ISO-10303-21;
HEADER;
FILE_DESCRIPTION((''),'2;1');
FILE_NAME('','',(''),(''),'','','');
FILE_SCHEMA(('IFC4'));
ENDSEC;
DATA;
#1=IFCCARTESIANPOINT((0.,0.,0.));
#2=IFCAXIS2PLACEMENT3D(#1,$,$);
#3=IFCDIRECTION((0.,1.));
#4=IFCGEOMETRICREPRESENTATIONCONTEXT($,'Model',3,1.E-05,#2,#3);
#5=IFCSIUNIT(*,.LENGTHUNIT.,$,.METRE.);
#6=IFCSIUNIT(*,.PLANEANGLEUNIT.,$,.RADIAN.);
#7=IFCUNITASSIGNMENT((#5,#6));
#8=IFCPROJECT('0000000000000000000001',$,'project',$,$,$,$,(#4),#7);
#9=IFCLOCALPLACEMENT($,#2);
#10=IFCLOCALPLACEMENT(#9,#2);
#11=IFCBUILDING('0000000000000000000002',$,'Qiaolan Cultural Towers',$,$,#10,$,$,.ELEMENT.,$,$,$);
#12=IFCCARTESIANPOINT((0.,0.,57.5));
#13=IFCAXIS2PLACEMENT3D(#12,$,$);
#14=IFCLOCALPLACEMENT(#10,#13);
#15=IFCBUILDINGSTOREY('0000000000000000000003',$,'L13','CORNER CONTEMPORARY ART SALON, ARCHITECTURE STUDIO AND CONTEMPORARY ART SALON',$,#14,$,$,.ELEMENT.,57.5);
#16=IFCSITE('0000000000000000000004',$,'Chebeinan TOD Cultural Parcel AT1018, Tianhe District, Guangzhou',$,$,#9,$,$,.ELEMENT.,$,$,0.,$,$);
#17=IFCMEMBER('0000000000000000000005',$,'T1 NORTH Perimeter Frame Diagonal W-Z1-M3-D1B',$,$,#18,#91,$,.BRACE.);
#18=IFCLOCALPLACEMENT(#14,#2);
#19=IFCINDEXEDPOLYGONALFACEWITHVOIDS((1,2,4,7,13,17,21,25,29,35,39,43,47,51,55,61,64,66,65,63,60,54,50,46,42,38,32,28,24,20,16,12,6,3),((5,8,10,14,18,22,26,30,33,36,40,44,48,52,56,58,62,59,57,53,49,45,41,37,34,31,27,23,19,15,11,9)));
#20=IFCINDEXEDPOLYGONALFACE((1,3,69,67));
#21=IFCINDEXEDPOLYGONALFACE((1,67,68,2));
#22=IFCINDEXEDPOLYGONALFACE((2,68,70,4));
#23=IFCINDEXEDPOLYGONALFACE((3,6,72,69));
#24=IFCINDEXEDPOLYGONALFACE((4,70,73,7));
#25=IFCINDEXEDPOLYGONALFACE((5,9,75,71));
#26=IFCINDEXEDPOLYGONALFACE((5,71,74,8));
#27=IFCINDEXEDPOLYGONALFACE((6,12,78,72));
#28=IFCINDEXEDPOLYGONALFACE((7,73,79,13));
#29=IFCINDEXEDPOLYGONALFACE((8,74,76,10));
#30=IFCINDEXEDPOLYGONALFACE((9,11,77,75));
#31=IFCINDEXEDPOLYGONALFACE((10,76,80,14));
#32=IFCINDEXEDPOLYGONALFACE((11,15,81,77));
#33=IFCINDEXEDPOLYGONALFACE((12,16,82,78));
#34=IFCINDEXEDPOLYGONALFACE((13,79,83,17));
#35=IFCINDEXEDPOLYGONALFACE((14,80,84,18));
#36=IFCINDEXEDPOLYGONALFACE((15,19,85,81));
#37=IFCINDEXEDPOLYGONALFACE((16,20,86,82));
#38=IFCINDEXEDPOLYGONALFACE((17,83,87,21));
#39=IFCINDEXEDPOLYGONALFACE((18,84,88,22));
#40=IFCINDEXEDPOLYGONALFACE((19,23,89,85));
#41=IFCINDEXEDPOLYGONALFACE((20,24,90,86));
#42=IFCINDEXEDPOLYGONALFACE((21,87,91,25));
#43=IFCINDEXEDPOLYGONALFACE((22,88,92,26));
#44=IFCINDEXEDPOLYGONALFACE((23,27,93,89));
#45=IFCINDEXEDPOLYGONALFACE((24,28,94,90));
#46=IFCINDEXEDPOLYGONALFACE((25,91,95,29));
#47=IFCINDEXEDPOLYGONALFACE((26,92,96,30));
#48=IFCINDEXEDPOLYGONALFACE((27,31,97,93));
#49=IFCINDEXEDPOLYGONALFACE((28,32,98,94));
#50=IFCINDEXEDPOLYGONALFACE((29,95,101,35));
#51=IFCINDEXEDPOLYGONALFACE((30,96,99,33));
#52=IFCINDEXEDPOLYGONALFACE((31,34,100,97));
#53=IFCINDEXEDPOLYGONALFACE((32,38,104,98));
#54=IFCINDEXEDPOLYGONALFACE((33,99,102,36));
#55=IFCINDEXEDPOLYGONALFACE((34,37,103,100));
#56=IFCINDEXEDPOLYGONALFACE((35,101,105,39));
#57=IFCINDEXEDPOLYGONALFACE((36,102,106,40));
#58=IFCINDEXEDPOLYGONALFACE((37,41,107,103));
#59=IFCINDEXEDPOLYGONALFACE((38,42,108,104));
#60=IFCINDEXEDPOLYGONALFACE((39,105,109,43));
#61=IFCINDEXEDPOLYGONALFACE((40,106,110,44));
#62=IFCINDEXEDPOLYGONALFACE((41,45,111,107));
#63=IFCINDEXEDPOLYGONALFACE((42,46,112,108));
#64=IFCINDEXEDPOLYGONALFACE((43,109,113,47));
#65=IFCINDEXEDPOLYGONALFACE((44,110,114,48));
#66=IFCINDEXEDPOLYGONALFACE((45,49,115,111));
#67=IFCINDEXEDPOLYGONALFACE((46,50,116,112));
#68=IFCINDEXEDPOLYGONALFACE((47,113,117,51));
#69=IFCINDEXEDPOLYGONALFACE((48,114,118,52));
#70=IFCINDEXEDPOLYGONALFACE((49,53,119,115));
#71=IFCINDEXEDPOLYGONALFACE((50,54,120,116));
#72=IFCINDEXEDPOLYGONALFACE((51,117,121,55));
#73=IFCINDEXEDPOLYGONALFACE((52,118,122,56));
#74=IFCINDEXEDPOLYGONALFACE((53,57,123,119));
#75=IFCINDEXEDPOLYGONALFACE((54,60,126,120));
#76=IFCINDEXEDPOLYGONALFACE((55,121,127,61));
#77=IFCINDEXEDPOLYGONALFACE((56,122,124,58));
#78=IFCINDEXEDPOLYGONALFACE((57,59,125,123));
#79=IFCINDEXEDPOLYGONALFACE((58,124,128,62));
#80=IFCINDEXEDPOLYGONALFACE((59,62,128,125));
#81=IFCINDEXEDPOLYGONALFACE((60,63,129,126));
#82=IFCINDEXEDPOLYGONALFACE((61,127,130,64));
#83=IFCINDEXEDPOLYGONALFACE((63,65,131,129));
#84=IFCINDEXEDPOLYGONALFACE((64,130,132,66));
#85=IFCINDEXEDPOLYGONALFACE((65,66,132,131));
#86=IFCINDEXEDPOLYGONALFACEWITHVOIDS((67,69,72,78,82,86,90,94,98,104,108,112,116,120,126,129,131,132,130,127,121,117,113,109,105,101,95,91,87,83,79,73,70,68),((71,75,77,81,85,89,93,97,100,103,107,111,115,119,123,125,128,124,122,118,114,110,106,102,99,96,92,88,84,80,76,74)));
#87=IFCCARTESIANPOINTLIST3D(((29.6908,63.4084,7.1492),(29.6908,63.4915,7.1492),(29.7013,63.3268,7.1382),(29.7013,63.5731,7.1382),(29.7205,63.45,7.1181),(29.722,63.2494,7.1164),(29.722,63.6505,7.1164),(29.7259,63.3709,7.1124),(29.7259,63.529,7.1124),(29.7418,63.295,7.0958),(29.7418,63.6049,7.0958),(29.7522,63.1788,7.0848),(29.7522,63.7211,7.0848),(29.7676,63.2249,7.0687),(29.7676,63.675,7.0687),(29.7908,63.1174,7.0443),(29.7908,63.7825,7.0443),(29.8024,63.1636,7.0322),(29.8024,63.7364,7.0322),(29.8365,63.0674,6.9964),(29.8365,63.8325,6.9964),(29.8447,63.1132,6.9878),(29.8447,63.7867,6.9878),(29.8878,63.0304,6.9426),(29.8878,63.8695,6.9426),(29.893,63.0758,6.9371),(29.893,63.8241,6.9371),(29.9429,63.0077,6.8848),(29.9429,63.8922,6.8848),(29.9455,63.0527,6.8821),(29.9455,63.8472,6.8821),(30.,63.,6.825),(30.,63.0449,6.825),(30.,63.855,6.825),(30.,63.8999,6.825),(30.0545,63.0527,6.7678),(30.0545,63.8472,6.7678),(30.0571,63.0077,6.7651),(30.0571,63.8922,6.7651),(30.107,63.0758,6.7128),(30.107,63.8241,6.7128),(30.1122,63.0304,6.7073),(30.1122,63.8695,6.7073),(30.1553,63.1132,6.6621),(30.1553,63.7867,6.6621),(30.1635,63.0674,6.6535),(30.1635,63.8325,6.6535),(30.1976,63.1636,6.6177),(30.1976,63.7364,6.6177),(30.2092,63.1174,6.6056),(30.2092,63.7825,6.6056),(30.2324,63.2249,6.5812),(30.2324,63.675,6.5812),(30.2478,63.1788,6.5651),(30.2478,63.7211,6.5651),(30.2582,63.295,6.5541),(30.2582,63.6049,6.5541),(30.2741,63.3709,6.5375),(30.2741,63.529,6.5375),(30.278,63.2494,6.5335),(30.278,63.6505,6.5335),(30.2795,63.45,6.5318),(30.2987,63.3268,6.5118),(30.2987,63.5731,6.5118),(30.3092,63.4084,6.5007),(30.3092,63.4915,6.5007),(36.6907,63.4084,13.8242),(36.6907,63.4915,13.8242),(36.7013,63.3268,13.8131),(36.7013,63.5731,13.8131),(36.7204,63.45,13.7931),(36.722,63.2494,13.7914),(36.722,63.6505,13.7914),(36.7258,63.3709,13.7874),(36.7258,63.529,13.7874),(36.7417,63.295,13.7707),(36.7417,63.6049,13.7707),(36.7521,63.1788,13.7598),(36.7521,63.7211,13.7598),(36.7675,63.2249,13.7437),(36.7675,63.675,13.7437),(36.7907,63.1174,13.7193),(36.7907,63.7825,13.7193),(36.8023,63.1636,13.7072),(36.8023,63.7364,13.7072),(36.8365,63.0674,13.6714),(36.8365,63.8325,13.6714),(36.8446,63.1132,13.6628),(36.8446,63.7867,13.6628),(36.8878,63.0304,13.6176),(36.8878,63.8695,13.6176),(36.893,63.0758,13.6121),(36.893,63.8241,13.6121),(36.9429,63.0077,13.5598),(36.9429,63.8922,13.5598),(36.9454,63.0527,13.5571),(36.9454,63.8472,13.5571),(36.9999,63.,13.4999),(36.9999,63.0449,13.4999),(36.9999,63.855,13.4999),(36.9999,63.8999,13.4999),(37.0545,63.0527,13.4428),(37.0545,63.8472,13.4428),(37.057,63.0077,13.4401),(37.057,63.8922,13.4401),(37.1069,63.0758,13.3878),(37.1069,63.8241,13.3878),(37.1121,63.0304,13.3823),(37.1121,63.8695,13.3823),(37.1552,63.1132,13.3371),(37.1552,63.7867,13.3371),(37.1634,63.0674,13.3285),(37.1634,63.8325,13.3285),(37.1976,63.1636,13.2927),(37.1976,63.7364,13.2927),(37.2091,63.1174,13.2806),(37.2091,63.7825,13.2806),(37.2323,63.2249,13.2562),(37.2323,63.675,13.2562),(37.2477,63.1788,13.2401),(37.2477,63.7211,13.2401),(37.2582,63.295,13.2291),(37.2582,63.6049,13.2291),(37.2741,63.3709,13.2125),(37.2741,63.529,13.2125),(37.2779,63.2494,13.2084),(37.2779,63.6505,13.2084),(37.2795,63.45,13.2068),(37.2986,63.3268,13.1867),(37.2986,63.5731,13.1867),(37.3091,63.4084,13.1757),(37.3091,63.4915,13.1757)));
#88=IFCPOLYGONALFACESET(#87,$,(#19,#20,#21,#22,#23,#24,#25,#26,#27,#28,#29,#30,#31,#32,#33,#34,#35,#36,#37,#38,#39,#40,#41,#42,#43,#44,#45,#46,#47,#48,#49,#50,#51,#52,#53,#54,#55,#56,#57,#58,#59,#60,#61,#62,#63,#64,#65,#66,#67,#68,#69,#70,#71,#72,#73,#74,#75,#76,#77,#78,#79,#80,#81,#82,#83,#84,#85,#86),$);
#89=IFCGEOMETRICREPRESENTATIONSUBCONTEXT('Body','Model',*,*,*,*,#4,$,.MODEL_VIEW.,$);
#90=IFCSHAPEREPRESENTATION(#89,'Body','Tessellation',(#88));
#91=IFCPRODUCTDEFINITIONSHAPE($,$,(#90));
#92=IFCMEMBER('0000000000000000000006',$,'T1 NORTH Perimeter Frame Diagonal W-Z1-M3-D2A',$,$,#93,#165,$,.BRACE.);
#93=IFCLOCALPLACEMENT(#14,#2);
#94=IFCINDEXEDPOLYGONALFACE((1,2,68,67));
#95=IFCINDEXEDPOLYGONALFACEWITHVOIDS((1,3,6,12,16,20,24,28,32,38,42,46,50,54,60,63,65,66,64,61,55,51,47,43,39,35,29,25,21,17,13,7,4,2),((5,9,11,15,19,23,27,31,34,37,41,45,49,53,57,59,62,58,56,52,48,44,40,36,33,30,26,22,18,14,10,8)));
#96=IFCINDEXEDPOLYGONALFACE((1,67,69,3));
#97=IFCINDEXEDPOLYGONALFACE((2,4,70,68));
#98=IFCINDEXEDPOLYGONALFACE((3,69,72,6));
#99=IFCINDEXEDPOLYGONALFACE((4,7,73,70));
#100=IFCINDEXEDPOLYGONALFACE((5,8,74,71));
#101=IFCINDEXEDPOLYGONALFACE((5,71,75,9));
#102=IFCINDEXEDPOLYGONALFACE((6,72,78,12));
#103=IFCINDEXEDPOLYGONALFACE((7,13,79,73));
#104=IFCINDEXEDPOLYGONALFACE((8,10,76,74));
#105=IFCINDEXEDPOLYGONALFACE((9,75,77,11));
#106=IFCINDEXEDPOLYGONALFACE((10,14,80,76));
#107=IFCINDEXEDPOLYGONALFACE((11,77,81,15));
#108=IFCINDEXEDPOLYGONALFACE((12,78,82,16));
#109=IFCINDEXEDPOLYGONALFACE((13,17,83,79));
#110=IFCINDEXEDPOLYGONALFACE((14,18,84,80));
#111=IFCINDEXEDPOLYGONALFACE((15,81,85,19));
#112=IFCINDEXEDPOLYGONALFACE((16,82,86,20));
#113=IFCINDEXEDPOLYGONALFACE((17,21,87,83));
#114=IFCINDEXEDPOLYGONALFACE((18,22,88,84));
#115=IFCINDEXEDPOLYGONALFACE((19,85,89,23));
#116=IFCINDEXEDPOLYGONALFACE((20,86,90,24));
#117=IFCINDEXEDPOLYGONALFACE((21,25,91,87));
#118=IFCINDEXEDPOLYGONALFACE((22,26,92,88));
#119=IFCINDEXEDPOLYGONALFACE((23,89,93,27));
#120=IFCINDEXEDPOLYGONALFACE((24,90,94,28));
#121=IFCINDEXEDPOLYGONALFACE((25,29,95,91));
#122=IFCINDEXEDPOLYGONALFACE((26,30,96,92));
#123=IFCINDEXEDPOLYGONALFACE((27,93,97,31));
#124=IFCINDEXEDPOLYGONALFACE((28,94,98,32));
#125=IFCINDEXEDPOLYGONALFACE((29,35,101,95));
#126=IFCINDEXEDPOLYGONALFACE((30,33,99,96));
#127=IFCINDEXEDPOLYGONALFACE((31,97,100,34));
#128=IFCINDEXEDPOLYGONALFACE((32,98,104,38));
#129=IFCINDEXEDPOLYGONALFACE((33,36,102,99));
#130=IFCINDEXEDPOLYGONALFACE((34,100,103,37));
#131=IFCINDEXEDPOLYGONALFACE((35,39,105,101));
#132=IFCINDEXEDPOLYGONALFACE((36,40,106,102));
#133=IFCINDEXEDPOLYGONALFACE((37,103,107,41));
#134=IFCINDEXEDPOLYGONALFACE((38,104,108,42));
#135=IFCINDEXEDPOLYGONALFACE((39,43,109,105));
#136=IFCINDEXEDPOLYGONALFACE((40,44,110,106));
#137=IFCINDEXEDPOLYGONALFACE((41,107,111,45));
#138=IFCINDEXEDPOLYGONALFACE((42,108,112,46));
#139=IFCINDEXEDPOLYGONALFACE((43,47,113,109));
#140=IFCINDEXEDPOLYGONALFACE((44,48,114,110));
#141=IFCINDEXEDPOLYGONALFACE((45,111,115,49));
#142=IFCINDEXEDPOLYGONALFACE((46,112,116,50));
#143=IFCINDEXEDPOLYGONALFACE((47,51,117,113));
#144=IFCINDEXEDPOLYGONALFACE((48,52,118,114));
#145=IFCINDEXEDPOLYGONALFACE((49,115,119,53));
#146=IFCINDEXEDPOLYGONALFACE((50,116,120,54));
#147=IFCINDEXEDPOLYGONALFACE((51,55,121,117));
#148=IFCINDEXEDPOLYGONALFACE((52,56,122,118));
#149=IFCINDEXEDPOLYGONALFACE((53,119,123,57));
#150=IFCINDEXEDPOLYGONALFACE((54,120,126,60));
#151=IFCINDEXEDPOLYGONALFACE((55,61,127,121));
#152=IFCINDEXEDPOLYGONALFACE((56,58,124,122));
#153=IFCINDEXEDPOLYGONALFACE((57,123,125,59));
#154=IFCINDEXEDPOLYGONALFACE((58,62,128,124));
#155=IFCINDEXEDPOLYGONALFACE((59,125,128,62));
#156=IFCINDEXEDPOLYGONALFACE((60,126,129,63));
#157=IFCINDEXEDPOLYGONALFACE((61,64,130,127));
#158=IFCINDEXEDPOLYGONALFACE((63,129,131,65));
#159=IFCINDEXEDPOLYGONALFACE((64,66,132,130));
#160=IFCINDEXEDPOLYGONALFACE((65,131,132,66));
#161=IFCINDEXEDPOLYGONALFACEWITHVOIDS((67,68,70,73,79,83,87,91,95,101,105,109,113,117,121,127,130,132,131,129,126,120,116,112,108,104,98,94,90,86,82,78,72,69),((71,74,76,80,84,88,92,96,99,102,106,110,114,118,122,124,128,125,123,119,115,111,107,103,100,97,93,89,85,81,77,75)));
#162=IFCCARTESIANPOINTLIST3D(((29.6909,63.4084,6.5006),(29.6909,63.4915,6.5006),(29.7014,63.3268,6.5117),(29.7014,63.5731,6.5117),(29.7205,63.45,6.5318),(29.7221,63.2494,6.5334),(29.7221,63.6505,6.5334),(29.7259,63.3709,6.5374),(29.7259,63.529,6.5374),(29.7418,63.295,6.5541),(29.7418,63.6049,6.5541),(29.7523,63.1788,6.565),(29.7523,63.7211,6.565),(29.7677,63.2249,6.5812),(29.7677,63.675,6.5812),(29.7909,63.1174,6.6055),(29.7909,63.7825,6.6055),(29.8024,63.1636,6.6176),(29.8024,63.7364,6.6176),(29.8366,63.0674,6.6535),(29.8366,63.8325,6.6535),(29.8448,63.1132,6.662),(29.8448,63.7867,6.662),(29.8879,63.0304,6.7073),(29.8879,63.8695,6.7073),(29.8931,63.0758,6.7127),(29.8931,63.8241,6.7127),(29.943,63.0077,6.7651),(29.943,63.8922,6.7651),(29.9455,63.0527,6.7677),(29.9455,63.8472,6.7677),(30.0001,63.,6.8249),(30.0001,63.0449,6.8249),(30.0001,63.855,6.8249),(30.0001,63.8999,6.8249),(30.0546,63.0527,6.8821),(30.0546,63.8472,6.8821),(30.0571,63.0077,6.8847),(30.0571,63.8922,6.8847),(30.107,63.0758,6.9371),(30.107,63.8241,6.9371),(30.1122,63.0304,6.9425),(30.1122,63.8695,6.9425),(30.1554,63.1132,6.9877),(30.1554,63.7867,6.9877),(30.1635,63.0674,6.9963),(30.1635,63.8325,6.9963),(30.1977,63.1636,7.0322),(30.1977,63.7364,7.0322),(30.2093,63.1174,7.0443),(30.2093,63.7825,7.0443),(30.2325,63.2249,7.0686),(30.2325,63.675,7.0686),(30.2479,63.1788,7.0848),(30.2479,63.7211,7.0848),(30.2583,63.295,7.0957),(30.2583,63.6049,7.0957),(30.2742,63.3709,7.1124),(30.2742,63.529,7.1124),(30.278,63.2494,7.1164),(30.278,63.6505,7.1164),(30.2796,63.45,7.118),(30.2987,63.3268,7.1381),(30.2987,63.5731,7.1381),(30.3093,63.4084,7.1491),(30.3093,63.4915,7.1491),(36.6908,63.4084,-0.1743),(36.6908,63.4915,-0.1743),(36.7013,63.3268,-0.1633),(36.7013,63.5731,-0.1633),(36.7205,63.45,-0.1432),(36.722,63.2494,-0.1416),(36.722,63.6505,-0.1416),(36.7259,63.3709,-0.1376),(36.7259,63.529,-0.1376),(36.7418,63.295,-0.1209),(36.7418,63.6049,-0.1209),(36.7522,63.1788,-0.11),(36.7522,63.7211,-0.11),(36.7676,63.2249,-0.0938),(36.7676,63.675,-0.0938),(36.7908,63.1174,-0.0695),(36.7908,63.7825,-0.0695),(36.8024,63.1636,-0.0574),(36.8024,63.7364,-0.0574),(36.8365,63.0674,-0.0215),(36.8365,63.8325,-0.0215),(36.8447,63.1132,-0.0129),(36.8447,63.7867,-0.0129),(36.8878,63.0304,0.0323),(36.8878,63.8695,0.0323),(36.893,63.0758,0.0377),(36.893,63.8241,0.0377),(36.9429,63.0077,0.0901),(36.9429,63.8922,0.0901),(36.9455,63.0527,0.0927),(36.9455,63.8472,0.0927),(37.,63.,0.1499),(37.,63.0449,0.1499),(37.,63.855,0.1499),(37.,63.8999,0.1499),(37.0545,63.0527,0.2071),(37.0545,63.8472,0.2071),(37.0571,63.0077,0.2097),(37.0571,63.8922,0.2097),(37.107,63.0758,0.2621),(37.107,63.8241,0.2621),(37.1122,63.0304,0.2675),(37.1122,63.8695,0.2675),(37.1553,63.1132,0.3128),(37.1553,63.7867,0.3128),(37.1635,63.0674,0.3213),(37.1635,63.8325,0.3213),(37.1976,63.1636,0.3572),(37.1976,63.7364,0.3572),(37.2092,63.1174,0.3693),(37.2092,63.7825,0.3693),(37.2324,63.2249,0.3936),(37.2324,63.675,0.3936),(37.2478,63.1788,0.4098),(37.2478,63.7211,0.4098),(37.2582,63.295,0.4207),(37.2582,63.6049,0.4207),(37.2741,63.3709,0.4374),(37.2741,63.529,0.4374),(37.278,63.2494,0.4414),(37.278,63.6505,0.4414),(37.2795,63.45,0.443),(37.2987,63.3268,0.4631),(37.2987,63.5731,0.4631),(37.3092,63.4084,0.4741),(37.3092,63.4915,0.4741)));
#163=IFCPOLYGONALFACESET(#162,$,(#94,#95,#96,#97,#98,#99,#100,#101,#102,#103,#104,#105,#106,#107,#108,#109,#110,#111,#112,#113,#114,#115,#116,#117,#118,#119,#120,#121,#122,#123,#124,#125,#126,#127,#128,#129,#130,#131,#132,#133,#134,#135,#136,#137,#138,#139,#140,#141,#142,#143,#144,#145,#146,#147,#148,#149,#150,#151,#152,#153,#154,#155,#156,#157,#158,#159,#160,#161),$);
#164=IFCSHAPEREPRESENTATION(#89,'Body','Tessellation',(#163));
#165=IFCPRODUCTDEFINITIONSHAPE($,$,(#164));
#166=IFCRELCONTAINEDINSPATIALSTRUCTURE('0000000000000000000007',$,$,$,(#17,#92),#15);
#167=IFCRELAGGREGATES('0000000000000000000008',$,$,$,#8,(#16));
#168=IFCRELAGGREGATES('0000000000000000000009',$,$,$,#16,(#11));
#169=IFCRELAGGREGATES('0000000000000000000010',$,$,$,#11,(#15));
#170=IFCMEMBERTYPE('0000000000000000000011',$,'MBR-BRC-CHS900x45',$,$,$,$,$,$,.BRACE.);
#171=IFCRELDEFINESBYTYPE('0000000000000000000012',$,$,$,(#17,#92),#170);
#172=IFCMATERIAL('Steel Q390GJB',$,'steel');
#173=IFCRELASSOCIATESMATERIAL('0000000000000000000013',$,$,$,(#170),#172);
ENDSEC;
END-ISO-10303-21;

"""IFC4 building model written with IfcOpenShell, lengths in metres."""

from ifc_helpers import new_model, si_unit, direction, frame, origin, origin_2d, place, context, subcontext, project, spatial, hollow_circle, extrude, material, material_profile, profile_set, type_object, element, save


model = new_model("IFC4")

# Units and contexts
model_context = context("Model", 3, precision=1e-05, world=origin(), true_north=direction((0.0, 1.0)))
body_context = subcontext(model_context, "Body", "Model", "MODEL_VIEW")
ifc_project = project(units=[si_unit("LENGTHUNIT", "METRE"), si_unit("PLANEANGLEUNIT", "RADIAN")], contexts=[model_context])

# Site, building, storey
site_placement = place(None, origin())
site = spatial("IfcSite", under=ifc_project, at=site_placement, Name="Chebeinan TOD Cultural Parcel AT1018, Tianhe District, Guangzhou", CompositionType="ELEMENT", RefElevation=0.0)
building_placement = place(site_placement, origin())
building = spatial("IfcBuilding", under=site, at=building_placement, Name="Qiaolan Cultural Towers", CompositionType="ELEMENT")
storey_placement = place(building_placement, frame((0.0, 0.0, 57.5)))
storey = spatial("IfcBuildingStorey", under=building, at=storey_placement, Name="L13", Description="CORNER CONTEMPORARY ART SALON, ARCHITECTURE STUDIO AND CONTEMPORARY ART SALON", CompositionType="ELEMENT", Elevation=57.5)

# Members
ifc_material_1 = material(Name="Steel Q390GJB", Category="steel")
ifc_material_profile_1 = material_profile(ifc_material_1, hollow_circle(Radius=0.45, WallThickness=0.0449, at=origin_2d()), Name="CHS900x45")
ifc_profile_set_1 = profile_set([ifc_material_profile_1], Name="Steel Q390GJB")
member_type = type_object("IfcMemberType", Name="MBR-BRC-CHS900x45", PredefinedType="BRACE", material=ifc_profile_set_1)
for number, where, z_axis, x_axis, name in (
    (1, (30.0, 63.45, 6.825), (0.723705, 0.0, 0.690109), (0.0, 1.0, 0.0), "T1 NORTH Perimeter Frame Diagonal W-Z1-M3-D1B"),
    (2, (37.0, 63.45, 0.1499), (-0.723705, 0.0, 0.690109), (0.0, -1.0, 0.0), "T1 NORTH Perimeter Frame Diagonal W-Z1-M3-D2A"),
):
    element("IfcMember", number, at=place(storey_placement, frame(where, z_axis=z_axis, x_axis=x_axis)), inside=storey, type_object=member_type, Name=name, PredefinedType="BRACE", context=body_context, shape_type="SweptSolid", body=[
        extrude(hollow_circle(Radius=0.45, WallThickness=0.0449, at=origin_2d()), origin(), (0.0, 0.0, 1.0), 9.6724),
    ])

save(model, "model.ifc")
